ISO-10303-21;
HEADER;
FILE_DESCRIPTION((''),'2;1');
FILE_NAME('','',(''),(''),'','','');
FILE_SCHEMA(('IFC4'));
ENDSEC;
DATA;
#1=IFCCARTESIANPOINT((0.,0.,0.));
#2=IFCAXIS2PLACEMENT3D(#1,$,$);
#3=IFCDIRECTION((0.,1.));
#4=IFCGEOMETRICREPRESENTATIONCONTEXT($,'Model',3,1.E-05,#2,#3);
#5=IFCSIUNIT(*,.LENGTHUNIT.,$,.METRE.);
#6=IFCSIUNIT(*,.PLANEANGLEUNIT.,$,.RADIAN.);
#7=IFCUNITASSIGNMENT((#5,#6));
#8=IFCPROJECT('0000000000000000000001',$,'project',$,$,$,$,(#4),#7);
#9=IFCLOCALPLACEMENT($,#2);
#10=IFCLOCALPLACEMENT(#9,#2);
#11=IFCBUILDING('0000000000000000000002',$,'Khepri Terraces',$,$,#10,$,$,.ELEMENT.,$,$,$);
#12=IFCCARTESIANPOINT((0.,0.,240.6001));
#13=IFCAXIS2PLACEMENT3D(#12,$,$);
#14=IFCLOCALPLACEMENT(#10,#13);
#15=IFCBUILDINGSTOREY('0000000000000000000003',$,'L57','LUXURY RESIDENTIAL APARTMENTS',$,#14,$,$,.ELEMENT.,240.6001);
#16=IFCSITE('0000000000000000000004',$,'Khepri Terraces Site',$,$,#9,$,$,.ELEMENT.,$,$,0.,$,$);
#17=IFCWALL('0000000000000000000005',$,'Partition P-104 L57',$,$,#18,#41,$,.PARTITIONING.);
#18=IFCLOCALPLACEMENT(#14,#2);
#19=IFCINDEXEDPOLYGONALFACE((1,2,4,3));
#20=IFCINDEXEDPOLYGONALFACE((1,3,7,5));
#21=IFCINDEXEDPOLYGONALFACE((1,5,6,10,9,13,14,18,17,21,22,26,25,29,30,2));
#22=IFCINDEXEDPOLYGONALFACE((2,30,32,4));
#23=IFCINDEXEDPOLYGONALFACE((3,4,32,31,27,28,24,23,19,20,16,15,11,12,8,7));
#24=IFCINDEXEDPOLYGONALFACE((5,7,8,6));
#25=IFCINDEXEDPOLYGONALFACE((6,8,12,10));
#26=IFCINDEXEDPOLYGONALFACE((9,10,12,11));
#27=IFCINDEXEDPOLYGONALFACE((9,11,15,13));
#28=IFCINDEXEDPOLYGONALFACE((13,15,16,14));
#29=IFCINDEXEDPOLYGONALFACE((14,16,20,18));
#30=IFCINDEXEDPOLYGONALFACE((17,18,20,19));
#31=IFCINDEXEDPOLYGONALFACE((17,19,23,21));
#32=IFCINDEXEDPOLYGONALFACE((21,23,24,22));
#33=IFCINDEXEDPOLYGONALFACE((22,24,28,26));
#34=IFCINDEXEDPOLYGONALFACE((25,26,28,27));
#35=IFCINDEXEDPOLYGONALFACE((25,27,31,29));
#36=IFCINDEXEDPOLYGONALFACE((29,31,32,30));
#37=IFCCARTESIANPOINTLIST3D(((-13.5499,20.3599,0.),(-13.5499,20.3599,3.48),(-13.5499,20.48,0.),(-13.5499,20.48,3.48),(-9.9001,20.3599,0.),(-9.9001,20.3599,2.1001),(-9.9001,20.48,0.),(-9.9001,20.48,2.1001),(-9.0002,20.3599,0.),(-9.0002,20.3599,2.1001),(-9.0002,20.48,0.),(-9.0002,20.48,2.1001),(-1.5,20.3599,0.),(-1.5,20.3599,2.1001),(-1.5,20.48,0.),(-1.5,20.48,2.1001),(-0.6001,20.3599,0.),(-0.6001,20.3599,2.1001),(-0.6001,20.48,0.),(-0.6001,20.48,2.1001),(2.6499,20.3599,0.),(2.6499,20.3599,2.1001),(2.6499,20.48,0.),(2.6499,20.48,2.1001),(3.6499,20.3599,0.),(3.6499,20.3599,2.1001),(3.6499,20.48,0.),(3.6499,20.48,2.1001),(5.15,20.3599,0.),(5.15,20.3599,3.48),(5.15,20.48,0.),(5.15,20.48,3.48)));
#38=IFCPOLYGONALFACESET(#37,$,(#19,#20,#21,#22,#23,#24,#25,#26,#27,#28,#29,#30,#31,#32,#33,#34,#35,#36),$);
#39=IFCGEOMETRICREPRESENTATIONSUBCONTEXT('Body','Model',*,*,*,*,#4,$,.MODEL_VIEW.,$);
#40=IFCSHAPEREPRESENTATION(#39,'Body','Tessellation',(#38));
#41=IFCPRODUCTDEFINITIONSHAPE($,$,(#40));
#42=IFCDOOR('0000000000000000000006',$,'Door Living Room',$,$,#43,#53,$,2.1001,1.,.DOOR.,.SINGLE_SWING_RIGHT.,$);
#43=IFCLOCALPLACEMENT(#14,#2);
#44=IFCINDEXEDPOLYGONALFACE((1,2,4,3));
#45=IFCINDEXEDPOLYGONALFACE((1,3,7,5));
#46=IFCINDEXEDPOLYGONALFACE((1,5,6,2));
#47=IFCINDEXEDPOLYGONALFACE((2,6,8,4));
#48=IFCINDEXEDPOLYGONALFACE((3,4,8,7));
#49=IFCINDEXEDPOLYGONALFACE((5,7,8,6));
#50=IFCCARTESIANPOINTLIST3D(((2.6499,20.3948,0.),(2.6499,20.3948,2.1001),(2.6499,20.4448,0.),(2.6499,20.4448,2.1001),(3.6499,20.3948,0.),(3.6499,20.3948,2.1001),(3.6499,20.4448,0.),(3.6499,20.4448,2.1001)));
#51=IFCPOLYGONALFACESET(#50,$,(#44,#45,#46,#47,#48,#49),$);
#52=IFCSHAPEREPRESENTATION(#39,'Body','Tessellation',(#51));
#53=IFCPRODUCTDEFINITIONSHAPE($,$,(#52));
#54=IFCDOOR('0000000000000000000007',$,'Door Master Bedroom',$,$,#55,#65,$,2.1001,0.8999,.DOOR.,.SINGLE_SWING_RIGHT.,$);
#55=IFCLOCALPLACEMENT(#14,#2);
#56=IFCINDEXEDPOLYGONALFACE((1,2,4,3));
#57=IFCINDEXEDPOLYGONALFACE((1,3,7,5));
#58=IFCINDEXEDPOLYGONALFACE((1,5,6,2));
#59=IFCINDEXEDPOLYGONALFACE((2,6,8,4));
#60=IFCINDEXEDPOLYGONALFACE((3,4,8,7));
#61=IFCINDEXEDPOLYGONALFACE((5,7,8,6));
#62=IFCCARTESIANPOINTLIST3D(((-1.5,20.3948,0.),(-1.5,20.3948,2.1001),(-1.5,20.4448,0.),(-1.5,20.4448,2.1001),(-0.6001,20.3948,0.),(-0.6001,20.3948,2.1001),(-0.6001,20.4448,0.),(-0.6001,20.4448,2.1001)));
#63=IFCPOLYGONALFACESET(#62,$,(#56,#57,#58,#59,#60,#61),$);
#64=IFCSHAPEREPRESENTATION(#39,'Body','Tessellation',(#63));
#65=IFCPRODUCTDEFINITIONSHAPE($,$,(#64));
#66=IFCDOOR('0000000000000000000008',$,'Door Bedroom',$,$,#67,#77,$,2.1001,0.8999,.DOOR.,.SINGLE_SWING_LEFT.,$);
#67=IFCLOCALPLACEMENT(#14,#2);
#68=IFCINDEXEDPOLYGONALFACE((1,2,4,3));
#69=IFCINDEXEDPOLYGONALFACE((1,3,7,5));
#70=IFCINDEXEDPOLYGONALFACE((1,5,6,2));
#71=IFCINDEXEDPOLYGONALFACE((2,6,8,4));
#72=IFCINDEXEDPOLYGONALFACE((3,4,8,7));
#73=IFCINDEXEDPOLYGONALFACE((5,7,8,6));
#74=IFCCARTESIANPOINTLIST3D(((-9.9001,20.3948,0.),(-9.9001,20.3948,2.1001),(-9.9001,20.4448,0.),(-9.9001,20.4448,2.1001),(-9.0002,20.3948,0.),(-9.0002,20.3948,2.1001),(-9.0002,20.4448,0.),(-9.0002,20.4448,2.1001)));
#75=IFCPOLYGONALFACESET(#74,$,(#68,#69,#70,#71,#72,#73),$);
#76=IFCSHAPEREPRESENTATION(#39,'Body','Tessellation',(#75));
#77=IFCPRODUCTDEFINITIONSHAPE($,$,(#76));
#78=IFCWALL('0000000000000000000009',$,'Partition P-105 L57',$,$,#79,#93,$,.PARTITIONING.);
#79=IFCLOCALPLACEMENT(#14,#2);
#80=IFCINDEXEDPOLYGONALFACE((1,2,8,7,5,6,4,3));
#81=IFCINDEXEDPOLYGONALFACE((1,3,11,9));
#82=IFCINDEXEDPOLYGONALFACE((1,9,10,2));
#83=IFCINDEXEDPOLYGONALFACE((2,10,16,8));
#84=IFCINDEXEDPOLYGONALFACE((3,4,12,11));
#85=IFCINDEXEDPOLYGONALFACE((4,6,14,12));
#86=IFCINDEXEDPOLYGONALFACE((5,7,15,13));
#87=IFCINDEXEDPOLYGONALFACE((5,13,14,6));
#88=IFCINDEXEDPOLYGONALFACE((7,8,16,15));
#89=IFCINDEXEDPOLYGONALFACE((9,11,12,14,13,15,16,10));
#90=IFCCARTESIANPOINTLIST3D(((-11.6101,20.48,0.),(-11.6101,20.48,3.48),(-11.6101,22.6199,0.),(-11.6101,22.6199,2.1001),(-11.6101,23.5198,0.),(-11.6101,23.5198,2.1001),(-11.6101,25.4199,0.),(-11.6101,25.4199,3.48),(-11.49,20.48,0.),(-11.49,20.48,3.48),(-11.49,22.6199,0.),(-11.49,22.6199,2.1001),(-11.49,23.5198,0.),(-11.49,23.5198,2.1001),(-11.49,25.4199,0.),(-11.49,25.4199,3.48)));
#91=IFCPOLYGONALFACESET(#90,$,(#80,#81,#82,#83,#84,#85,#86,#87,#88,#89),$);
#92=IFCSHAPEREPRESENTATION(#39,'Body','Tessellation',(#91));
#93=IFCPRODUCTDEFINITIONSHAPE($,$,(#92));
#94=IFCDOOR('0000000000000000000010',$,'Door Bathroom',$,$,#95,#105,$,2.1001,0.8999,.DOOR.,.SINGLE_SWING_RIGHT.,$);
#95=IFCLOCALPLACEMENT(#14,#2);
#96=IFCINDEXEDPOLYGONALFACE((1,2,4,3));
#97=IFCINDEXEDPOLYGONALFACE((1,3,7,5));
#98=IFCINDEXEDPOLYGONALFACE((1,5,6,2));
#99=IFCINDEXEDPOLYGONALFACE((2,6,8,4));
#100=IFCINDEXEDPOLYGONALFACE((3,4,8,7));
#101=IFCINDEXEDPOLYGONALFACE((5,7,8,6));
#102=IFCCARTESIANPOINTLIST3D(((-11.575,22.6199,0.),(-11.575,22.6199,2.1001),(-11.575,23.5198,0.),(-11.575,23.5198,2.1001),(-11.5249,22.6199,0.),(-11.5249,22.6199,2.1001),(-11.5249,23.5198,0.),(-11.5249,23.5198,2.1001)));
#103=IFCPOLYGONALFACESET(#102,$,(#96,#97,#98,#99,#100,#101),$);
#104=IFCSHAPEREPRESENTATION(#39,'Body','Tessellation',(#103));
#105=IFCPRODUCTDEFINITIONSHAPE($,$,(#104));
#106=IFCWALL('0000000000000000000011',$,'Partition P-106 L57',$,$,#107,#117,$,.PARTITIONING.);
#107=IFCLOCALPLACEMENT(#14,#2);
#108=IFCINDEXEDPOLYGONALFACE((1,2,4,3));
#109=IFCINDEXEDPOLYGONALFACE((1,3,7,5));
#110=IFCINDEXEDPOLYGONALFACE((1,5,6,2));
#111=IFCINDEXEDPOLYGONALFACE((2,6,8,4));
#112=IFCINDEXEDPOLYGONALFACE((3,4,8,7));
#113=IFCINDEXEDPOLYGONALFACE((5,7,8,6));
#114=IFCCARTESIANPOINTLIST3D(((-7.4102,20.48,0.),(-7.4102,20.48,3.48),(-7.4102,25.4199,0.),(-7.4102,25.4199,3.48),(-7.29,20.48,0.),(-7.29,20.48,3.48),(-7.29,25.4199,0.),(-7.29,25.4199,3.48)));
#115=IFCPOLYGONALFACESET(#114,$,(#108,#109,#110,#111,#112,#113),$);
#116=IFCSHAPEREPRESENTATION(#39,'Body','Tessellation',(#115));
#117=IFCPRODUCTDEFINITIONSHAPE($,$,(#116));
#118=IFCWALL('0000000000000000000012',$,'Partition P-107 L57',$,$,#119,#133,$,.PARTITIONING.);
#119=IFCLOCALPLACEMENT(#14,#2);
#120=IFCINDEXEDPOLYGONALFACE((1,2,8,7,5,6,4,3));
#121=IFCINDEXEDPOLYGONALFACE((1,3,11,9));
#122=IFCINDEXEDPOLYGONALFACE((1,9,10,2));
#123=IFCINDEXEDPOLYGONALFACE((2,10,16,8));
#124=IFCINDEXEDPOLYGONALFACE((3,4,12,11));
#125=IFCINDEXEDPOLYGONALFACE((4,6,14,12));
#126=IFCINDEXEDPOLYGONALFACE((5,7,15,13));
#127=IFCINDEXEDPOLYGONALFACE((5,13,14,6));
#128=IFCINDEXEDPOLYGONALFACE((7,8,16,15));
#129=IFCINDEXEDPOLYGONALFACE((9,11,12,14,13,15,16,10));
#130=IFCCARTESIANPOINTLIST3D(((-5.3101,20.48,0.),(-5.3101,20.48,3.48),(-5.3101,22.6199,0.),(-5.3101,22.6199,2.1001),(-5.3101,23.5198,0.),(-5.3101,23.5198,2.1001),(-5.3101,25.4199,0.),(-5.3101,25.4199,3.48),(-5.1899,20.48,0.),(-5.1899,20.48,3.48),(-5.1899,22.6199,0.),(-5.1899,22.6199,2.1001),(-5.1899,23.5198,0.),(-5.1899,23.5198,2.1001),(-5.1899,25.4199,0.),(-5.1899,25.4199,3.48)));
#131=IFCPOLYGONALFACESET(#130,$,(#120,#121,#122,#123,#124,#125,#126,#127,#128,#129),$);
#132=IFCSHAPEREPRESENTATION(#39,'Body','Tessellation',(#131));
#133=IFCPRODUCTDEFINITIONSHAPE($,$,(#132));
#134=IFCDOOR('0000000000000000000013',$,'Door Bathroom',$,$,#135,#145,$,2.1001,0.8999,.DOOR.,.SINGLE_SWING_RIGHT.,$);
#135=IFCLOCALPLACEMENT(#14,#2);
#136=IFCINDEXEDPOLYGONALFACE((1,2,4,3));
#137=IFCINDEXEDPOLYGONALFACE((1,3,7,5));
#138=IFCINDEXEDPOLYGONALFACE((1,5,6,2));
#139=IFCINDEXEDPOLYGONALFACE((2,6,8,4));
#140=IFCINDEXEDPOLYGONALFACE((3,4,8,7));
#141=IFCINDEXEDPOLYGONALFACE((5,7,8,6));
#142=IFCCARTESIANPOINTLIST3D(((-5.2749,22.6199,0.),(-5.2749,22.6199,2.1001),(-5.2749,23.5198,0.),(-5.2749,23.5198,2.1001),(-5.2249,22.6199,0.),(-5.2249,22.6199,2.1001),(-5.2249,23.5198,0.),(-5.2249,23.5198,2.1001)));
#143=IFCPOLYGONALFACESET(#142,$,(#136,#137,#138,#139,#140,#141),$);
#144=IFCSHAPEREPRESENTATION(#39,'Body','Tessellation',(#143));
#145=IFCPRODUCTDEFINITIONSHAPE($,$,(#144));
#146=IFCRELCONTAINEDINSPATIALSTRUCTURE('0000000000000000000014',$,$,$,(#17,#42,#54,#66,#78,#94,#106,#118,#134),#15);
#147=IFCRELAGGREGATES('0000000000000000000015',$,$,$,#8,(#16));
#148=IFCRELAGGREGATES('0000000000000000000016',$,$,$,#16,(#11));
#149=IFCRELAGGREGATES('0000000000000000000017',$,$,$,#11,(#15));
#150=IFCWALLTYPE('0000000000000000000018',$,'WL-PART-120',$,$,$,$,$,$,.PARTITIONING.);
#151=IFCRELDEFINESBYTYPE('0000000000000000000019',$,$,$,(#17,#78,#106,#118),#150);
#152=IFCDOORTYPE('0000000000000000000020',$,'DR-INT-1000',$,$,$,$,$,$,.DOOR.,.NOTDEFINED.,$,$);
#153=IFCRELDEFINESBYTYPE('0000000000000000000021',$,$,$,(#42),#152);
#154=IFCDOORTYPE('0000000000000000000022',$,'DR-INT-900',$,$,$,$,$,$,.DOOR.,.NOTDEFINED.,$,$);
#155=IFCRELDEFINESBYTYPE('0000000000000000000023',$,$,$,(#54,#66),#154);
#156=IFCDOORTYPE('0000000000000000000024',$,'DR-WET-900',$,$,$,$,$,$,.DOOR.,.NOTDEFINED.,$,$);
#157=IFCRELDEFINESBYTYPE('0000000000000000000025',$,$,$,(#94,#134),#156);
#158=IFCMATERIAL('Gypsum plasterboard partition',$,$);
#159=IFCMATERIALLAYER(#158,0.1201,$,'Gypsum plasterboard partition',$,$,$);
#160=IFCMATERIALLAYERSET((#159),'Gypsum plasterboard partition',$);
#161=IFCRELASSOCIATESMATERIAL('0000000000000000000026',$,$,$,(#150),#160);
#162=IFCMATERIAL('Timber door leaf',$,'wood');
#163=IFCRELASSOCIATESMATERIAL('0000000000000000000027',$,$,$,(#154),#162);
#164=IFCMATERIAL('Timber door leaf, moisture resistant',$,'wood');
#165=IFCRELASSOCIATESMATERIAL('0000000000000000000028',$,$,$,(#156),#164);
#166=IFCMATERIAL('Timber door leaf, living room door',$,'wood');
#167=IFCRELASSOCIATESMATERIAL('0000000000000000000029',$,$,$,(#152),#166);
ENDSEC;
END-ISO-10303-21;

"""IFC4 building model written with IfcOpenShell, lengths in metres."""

from ifc_helpers import new_model, si_unit, direction, frame, frame_2d, origin, place, context, subcontext, project, spatial, rectangle, extrude, material, layer, layer_set, type_object, element, fill, save


model = new_model("IFC4")

# Units and contexts
model_context = context("Model", 3, precision=1e-05, world=origin(), true_north=direction((0.0, 1.0)))
body_context = subcontext(model_context, "Body", "Model", "MODEL_VIEW")
ifc_project = project(units=[si_unit("LENGTHUNIT", "METRE"), si_unit("PLANEANGLEUNIT", "RADIAN")], contexts=[model_context])

# Site, building, storey
site_placement = place(None, origin())
site = spatial("IfcSite", under=ifc_project, at=site_placement, Name="Khepri Terraces Site", CompositionType="ELEMENT", RefElevation=0.0)
building_placement = place(site_placement, origin())
building = spatial("IfcBuilding", under=site, at=building_placement, Name="Khepri Terraces", CompositionType="ELEMENT")
storey_placement = place(building_placement, frame((0.0, 0.0, 240.6001)))
storey = spatial("IfcBuildingStorey", under=building, at=storey_placement, Name="L57", Description="LUXURY RESIDENTIAL APARTMENTS", CompositionType="ELEMENT", Elevation=240.6001)

# Wall, openings, doors
ifc_material_1 = material(Name="Gypsum plasterboard partition")
ifc_layer_1 = layer(ifc_material_1, 0.1201, Name="Gypsum plasterboard partition")
ifc_layer_set_1 = layer_set([ifc_layer_1], Name="Gypsum plasterboard partition")
wall_type_1 = type_object("IfcWallType", Name="WL-PART-120", PredefinedType="PARTITIONING", material=ifc_layer_set_1)
ifc_material_2 = material(Name="Timber door leaf", Category="wood")
door_type_1 = type_object("IfcDoorType", Name="DR-INT-900", OperationType="NOTDEFINED", PredefinedType="DOOR", material=ifc_material_2)
ifc_material_3 = material(Name="Timber door leaf, moisture resistant", Category="wood")
door_type_2 = type_object("IfcDoorType", Name="DR-WET-900", OperationType="NOTDEFINED", PredefinedType="DOOR", material=ifc_material_3)
wall_1_placement = place(storey_placement, frame((-13.55, 20.4199, 0.0), z_axis=(0.0, 0.0, 1.0), x_axis=(1.0, 0.0, 0.0)))
wall_1 = element("IfcWall", 1, at=wall_1_placement, inside=storey, type_object=wall_type_1, Name="Partition P-104 L57", PredefinedType="PARTITIONING", context=body_context, shape_type="SweptSolid", body=[
    extrude(rectangle(XDim=18.7, YDim=0.1201, at=frame_2d((9.3501, 0.0))), origin(), (0.0, 0.0, 1.0), 3.48),
])
opening_1_placement = place(wall_1_placement, frame((16.2, 0.0, 0.0)))
opening_1 = element("IfcOpeningElement", 2, at=opening_1_placement, cuts=wall_1, PredefinedType="OPENING", context=body_context, shape_type="SweptSolid", body=[
    extrude(rectangle(XDim=1.0, YDim=2.1001, at=frame_2d((0.5, 1.05))), frame((0.0, 0.0701, 0.0), z_axis=(0.0, -1.0, 0.0), x_axis=(1.0, 0.0, 0.0)), (0.0, 0.0, 1.0), 0.1401),
])
opening_2_placement = place(wall_1_placement, frame((12.05, 0.0, 0.0)))
opening_2 = element("IfcOpeningElement", 3, at=opening_2_placement, cuts=wall_1, PredefinedType="OPENING", context=body_context, shape_type="SweptSolid", body=[
    extrude(rectangle(XDim=0.8999, YDim=2.1001, at=frame_2d((0.45, 1.05))), frame((0.0, 0.0701, 0.0), z_axis=(0.0, -1.0, 0.0), x_axis=(1.0, 0.0, 0.0)), (0.0, 0.0, 1.0), 0.1401),
])
opening_3_placement = place(wall_1_placement, frame((3.6499, 0.0, 0.0)))
opening_3 = element("IfcOpeningElement", 4, at=opening_3_placement, cuts=wall_1, PredefinedType="OPENING", context=body_context, shape_type="SweptSolid", body=[
    extrude(rectangle(XDim=0.8999, YDim=2.1001, at=frame_2d((0.45, 1.05))), frame((0.0, 0.0701, 0.0), z_axis=(0.0, -1.0, 0.0), x_axis=(1.0, 0.0, 0.0)), (0.0, 0.0, 1.0), 0.1401),
])
ifc_material_4 = material(Name="Timber door leaf, living room door", Category="wood")
door_type_3 = type_object("IfcDoorType", Name="DR-INT-1000", OperationType="NOTDEFINED", PredefinedType="DOOR", material=ifc_material_4)
door_1_placement = place(opening_1_placement, origin())
door_1 = element("IfcDoor", 5, at=door_1_placement, inside=storey, type_object=door_type_3, Name="Door Living Room", OperationType="SINGLE_SWING_RIGHT", OverallHeight=2.1001, OverallWidth=1.0, PredefinedType="DOOR", context=body_context, shape_type="SweptSolid", body=[
    extrude(rectangle(XDim=1.0, YDim=2.1001, at=frame_2d((0.5, 1.05))), frame((0.0, 0.0249, 0.0), z_axis=(0.0, -1.0, 0.0), x_axis=(1.0, 0.0, 0.0)), (0.0, 0.0, 1.0), 0.05),
])
fill(opening_1, door_1)
door_2_placement = place(opening_2_placement, origin())
door_2 = element("IfcDoor", 6, at=door_2_placement, inside=storey, type_object=door_type_1, Name="Door Master Bedroom", OperationType="SINGLE_SWING_RIGHT", OverallHeight=2.1001, OverallWidth=0.8999, PredefinedType="DOOR", context=body_context, shape_type="SweptSolid", body=[
    extrude(rectangle(XDim=0.8999, YDim=2.1001, at=frame_2d((0.45, 1.05))), frame((0.0, 0.0249, 0.0), z_axis=(0.0, -1.0, 0.0), x_axis=(1.0, 0.0, 0.0)), (0.0, 0.0, 1.0), 0.05),
])
fill(opening_2, door_2)
door_3_placement = place(opening_3_placement, origin())
door_3 = element("IfcDoor", 7, at=door_3_placement, inside=storey, type_object=door_type_1, Name="Door Bedroom", OperationType="SINGLE_SWING_LEFT", OverallHeight=2.1001, OverallWidth=0.8999, PredefinedType="DOOR", context=body_context, shape_type="SweptSolid", body=[
    extrude(rectangle(XDim=0.8999, YDim=2.1001, at=frame_2d((0.45, 1.05))), frame((0.0, 0.0249, 0.0), z_axis=(0.0, -1.0, 0.0), x_axis=(1.0, 0.0, 0.0)), (0.0, 0.0, 1.0), 0.05),
])
fill(opening_3, door_3)

# Wall, opening, door
wall_2_placement = place(storey_placement, frame((-11.55, 20.48, 0.0), z_axis=(0.0, 0.0, 1.0), x_axis=(0.0, 1.0, 0.0)))
wall_2 = element("IfcWall", 8, at=wall_2_placement, inside=storey, type_object=wall_type_1, Name="Partition P-105 L57", PredefinedType="PARTITIONING", context=body_context, shape_type="SweptSolid", body=[
    extrude(rectangle(XDim=4.9399, YDim=0.1201, at=frame_2d((2.47, 0.0))), origin(), (0.0, 0.0, 1.0), 3.48),
])
opening_4_placement = place(wall_2_placement, frame((2.1399, 0.0, 0.0)))
opening_4 = element("IfcOpeningElement", 9, at=opening_4_placement, cuts=wall_2, PredefinedType="OPENING", context=body_context, shape_type="SweptSolid", body=[
    extrude(rectangle(XDim=0.8999, YDim=2.1001, at=frame_2d((0.45, 1.05))), frame((0.0, 0.0701, 0.0), z_axis=(0.0, -1.0, 0.0), x_axis=(1.0, 0.0, 0.0)), (0.0, 0.0, 1.0), 0.1401),
])
door_4_placement = place(opening_4_placement, origin())
door_4 = element("IfcDoor", 10, at=door_4_placement, inside=storey, type_object=door_type_2, Name="Door Bathroom", OperationType="SINGLE_SWING_RIGHT", OverallHeight=2.1001, OverallWidth=0.8999, PredefinedType="DOOR", context=body_context, shape_type="SweptSolid", body=[
    extrude(rectangle(XDim=0.8999, YDim=2.1001, at=frame_2d((0.45, 1.05))), frame((0.0, 0.0249, 0.0), z_axis=(0.0, -1.0, 0.0), x_axis=(1.0, 0.0, 0.0)), (0.0, 0.0, 1.0), 0.05),
])
fill(opening_4, door_4)

# Wall
wall_3_placement = place(storey_placement, frame((-7.3501, 20.48, 0.0), z_axis=(0.0, 0.0, 1.0), x_axis=(0.0, 1.0, 0.0)))
element("IfcWall", 11, at=wall_3_placement, inside=storey, type_object=wall_type_1, Name="Partition P-106 L57", PredefinedType="PARTITIONING", context=body_context, shape_type="SweptSolid", body=[
    extrude(rectangle(XDim=4.9399, YDim=0.1201, at=frame_2d((2.47, 0.0))), origin(), (0.0, 0.0, 1.0), 3.48),
])

# Wall, opening, door
wall_4_placement = place(storey_placement, frame((-5.25, 20.48, 0.0), z_axis=(0.0, 0.0, 1.0), x_axis=(0.0, 1.0, 0.0)))
wall_4 = element("IfcWall", 12, at=wall_4_placement, inside=storey, type_object=wall_type_1, Name="Partition P-107 L57", PredefinedType="PARTITIONING", context=body_context, shape_type="SweptSolid", body=[
    extrude(rectangle(XDim=4.9399, YDim=0.1201, at=frame_2d((2.47, 0.0))), origin(), (0.0, 0.0, 1.0), 3.48),
])
opening_5_placement = place(wall_4_placement, frame((2.1399, 0.0, 0.0)))
opening_5 = element("IfcOpeningElement", 13, at=opening_5_placement, cuts=wall_4, PredefinedType="OPENING", context=body_context, shape_type="SweptSolid", body=[
    extrude(rectangle(XDim=0.8999, YDim=2.1001, at=frame_2d((0.45, 1.05))), frame((0.0, 0.0701, 0.0), z_axis=(0.0, -1.0, 0.0), x_axis=(1.0, 0.0, 0.0)), (0.0, 0.0, 1.0), 0.1401),
])
door_5_placement = place(opening_5_placement, origin())
door_5 = element("IfcDoor", 14, at=door_5_placement, inside=storey, type_object=door_type_2, Name="Door Bathroom", OperationType="SINGLE_SWING_RIGHT", OverallHeight=2.1001, OverallWidth=0.8999, PredefinedType="DOOR", context=body_context, shape_type="SweptSolid", body=[
    extrude(rectangle(XDim=0.8999, YDim=2.1001, at=frame_2d((0.45, 1.05))), frame((0.0, 0.0249, 0.0), z_axis=(0.0, -1.0, 0.0), x_axis=(1.0, 0.0, 0.0)), (0.0, 0.0, 1.0), 0.05),
])
fill(opening_5, door_5)

save(model, "model.ifc")
